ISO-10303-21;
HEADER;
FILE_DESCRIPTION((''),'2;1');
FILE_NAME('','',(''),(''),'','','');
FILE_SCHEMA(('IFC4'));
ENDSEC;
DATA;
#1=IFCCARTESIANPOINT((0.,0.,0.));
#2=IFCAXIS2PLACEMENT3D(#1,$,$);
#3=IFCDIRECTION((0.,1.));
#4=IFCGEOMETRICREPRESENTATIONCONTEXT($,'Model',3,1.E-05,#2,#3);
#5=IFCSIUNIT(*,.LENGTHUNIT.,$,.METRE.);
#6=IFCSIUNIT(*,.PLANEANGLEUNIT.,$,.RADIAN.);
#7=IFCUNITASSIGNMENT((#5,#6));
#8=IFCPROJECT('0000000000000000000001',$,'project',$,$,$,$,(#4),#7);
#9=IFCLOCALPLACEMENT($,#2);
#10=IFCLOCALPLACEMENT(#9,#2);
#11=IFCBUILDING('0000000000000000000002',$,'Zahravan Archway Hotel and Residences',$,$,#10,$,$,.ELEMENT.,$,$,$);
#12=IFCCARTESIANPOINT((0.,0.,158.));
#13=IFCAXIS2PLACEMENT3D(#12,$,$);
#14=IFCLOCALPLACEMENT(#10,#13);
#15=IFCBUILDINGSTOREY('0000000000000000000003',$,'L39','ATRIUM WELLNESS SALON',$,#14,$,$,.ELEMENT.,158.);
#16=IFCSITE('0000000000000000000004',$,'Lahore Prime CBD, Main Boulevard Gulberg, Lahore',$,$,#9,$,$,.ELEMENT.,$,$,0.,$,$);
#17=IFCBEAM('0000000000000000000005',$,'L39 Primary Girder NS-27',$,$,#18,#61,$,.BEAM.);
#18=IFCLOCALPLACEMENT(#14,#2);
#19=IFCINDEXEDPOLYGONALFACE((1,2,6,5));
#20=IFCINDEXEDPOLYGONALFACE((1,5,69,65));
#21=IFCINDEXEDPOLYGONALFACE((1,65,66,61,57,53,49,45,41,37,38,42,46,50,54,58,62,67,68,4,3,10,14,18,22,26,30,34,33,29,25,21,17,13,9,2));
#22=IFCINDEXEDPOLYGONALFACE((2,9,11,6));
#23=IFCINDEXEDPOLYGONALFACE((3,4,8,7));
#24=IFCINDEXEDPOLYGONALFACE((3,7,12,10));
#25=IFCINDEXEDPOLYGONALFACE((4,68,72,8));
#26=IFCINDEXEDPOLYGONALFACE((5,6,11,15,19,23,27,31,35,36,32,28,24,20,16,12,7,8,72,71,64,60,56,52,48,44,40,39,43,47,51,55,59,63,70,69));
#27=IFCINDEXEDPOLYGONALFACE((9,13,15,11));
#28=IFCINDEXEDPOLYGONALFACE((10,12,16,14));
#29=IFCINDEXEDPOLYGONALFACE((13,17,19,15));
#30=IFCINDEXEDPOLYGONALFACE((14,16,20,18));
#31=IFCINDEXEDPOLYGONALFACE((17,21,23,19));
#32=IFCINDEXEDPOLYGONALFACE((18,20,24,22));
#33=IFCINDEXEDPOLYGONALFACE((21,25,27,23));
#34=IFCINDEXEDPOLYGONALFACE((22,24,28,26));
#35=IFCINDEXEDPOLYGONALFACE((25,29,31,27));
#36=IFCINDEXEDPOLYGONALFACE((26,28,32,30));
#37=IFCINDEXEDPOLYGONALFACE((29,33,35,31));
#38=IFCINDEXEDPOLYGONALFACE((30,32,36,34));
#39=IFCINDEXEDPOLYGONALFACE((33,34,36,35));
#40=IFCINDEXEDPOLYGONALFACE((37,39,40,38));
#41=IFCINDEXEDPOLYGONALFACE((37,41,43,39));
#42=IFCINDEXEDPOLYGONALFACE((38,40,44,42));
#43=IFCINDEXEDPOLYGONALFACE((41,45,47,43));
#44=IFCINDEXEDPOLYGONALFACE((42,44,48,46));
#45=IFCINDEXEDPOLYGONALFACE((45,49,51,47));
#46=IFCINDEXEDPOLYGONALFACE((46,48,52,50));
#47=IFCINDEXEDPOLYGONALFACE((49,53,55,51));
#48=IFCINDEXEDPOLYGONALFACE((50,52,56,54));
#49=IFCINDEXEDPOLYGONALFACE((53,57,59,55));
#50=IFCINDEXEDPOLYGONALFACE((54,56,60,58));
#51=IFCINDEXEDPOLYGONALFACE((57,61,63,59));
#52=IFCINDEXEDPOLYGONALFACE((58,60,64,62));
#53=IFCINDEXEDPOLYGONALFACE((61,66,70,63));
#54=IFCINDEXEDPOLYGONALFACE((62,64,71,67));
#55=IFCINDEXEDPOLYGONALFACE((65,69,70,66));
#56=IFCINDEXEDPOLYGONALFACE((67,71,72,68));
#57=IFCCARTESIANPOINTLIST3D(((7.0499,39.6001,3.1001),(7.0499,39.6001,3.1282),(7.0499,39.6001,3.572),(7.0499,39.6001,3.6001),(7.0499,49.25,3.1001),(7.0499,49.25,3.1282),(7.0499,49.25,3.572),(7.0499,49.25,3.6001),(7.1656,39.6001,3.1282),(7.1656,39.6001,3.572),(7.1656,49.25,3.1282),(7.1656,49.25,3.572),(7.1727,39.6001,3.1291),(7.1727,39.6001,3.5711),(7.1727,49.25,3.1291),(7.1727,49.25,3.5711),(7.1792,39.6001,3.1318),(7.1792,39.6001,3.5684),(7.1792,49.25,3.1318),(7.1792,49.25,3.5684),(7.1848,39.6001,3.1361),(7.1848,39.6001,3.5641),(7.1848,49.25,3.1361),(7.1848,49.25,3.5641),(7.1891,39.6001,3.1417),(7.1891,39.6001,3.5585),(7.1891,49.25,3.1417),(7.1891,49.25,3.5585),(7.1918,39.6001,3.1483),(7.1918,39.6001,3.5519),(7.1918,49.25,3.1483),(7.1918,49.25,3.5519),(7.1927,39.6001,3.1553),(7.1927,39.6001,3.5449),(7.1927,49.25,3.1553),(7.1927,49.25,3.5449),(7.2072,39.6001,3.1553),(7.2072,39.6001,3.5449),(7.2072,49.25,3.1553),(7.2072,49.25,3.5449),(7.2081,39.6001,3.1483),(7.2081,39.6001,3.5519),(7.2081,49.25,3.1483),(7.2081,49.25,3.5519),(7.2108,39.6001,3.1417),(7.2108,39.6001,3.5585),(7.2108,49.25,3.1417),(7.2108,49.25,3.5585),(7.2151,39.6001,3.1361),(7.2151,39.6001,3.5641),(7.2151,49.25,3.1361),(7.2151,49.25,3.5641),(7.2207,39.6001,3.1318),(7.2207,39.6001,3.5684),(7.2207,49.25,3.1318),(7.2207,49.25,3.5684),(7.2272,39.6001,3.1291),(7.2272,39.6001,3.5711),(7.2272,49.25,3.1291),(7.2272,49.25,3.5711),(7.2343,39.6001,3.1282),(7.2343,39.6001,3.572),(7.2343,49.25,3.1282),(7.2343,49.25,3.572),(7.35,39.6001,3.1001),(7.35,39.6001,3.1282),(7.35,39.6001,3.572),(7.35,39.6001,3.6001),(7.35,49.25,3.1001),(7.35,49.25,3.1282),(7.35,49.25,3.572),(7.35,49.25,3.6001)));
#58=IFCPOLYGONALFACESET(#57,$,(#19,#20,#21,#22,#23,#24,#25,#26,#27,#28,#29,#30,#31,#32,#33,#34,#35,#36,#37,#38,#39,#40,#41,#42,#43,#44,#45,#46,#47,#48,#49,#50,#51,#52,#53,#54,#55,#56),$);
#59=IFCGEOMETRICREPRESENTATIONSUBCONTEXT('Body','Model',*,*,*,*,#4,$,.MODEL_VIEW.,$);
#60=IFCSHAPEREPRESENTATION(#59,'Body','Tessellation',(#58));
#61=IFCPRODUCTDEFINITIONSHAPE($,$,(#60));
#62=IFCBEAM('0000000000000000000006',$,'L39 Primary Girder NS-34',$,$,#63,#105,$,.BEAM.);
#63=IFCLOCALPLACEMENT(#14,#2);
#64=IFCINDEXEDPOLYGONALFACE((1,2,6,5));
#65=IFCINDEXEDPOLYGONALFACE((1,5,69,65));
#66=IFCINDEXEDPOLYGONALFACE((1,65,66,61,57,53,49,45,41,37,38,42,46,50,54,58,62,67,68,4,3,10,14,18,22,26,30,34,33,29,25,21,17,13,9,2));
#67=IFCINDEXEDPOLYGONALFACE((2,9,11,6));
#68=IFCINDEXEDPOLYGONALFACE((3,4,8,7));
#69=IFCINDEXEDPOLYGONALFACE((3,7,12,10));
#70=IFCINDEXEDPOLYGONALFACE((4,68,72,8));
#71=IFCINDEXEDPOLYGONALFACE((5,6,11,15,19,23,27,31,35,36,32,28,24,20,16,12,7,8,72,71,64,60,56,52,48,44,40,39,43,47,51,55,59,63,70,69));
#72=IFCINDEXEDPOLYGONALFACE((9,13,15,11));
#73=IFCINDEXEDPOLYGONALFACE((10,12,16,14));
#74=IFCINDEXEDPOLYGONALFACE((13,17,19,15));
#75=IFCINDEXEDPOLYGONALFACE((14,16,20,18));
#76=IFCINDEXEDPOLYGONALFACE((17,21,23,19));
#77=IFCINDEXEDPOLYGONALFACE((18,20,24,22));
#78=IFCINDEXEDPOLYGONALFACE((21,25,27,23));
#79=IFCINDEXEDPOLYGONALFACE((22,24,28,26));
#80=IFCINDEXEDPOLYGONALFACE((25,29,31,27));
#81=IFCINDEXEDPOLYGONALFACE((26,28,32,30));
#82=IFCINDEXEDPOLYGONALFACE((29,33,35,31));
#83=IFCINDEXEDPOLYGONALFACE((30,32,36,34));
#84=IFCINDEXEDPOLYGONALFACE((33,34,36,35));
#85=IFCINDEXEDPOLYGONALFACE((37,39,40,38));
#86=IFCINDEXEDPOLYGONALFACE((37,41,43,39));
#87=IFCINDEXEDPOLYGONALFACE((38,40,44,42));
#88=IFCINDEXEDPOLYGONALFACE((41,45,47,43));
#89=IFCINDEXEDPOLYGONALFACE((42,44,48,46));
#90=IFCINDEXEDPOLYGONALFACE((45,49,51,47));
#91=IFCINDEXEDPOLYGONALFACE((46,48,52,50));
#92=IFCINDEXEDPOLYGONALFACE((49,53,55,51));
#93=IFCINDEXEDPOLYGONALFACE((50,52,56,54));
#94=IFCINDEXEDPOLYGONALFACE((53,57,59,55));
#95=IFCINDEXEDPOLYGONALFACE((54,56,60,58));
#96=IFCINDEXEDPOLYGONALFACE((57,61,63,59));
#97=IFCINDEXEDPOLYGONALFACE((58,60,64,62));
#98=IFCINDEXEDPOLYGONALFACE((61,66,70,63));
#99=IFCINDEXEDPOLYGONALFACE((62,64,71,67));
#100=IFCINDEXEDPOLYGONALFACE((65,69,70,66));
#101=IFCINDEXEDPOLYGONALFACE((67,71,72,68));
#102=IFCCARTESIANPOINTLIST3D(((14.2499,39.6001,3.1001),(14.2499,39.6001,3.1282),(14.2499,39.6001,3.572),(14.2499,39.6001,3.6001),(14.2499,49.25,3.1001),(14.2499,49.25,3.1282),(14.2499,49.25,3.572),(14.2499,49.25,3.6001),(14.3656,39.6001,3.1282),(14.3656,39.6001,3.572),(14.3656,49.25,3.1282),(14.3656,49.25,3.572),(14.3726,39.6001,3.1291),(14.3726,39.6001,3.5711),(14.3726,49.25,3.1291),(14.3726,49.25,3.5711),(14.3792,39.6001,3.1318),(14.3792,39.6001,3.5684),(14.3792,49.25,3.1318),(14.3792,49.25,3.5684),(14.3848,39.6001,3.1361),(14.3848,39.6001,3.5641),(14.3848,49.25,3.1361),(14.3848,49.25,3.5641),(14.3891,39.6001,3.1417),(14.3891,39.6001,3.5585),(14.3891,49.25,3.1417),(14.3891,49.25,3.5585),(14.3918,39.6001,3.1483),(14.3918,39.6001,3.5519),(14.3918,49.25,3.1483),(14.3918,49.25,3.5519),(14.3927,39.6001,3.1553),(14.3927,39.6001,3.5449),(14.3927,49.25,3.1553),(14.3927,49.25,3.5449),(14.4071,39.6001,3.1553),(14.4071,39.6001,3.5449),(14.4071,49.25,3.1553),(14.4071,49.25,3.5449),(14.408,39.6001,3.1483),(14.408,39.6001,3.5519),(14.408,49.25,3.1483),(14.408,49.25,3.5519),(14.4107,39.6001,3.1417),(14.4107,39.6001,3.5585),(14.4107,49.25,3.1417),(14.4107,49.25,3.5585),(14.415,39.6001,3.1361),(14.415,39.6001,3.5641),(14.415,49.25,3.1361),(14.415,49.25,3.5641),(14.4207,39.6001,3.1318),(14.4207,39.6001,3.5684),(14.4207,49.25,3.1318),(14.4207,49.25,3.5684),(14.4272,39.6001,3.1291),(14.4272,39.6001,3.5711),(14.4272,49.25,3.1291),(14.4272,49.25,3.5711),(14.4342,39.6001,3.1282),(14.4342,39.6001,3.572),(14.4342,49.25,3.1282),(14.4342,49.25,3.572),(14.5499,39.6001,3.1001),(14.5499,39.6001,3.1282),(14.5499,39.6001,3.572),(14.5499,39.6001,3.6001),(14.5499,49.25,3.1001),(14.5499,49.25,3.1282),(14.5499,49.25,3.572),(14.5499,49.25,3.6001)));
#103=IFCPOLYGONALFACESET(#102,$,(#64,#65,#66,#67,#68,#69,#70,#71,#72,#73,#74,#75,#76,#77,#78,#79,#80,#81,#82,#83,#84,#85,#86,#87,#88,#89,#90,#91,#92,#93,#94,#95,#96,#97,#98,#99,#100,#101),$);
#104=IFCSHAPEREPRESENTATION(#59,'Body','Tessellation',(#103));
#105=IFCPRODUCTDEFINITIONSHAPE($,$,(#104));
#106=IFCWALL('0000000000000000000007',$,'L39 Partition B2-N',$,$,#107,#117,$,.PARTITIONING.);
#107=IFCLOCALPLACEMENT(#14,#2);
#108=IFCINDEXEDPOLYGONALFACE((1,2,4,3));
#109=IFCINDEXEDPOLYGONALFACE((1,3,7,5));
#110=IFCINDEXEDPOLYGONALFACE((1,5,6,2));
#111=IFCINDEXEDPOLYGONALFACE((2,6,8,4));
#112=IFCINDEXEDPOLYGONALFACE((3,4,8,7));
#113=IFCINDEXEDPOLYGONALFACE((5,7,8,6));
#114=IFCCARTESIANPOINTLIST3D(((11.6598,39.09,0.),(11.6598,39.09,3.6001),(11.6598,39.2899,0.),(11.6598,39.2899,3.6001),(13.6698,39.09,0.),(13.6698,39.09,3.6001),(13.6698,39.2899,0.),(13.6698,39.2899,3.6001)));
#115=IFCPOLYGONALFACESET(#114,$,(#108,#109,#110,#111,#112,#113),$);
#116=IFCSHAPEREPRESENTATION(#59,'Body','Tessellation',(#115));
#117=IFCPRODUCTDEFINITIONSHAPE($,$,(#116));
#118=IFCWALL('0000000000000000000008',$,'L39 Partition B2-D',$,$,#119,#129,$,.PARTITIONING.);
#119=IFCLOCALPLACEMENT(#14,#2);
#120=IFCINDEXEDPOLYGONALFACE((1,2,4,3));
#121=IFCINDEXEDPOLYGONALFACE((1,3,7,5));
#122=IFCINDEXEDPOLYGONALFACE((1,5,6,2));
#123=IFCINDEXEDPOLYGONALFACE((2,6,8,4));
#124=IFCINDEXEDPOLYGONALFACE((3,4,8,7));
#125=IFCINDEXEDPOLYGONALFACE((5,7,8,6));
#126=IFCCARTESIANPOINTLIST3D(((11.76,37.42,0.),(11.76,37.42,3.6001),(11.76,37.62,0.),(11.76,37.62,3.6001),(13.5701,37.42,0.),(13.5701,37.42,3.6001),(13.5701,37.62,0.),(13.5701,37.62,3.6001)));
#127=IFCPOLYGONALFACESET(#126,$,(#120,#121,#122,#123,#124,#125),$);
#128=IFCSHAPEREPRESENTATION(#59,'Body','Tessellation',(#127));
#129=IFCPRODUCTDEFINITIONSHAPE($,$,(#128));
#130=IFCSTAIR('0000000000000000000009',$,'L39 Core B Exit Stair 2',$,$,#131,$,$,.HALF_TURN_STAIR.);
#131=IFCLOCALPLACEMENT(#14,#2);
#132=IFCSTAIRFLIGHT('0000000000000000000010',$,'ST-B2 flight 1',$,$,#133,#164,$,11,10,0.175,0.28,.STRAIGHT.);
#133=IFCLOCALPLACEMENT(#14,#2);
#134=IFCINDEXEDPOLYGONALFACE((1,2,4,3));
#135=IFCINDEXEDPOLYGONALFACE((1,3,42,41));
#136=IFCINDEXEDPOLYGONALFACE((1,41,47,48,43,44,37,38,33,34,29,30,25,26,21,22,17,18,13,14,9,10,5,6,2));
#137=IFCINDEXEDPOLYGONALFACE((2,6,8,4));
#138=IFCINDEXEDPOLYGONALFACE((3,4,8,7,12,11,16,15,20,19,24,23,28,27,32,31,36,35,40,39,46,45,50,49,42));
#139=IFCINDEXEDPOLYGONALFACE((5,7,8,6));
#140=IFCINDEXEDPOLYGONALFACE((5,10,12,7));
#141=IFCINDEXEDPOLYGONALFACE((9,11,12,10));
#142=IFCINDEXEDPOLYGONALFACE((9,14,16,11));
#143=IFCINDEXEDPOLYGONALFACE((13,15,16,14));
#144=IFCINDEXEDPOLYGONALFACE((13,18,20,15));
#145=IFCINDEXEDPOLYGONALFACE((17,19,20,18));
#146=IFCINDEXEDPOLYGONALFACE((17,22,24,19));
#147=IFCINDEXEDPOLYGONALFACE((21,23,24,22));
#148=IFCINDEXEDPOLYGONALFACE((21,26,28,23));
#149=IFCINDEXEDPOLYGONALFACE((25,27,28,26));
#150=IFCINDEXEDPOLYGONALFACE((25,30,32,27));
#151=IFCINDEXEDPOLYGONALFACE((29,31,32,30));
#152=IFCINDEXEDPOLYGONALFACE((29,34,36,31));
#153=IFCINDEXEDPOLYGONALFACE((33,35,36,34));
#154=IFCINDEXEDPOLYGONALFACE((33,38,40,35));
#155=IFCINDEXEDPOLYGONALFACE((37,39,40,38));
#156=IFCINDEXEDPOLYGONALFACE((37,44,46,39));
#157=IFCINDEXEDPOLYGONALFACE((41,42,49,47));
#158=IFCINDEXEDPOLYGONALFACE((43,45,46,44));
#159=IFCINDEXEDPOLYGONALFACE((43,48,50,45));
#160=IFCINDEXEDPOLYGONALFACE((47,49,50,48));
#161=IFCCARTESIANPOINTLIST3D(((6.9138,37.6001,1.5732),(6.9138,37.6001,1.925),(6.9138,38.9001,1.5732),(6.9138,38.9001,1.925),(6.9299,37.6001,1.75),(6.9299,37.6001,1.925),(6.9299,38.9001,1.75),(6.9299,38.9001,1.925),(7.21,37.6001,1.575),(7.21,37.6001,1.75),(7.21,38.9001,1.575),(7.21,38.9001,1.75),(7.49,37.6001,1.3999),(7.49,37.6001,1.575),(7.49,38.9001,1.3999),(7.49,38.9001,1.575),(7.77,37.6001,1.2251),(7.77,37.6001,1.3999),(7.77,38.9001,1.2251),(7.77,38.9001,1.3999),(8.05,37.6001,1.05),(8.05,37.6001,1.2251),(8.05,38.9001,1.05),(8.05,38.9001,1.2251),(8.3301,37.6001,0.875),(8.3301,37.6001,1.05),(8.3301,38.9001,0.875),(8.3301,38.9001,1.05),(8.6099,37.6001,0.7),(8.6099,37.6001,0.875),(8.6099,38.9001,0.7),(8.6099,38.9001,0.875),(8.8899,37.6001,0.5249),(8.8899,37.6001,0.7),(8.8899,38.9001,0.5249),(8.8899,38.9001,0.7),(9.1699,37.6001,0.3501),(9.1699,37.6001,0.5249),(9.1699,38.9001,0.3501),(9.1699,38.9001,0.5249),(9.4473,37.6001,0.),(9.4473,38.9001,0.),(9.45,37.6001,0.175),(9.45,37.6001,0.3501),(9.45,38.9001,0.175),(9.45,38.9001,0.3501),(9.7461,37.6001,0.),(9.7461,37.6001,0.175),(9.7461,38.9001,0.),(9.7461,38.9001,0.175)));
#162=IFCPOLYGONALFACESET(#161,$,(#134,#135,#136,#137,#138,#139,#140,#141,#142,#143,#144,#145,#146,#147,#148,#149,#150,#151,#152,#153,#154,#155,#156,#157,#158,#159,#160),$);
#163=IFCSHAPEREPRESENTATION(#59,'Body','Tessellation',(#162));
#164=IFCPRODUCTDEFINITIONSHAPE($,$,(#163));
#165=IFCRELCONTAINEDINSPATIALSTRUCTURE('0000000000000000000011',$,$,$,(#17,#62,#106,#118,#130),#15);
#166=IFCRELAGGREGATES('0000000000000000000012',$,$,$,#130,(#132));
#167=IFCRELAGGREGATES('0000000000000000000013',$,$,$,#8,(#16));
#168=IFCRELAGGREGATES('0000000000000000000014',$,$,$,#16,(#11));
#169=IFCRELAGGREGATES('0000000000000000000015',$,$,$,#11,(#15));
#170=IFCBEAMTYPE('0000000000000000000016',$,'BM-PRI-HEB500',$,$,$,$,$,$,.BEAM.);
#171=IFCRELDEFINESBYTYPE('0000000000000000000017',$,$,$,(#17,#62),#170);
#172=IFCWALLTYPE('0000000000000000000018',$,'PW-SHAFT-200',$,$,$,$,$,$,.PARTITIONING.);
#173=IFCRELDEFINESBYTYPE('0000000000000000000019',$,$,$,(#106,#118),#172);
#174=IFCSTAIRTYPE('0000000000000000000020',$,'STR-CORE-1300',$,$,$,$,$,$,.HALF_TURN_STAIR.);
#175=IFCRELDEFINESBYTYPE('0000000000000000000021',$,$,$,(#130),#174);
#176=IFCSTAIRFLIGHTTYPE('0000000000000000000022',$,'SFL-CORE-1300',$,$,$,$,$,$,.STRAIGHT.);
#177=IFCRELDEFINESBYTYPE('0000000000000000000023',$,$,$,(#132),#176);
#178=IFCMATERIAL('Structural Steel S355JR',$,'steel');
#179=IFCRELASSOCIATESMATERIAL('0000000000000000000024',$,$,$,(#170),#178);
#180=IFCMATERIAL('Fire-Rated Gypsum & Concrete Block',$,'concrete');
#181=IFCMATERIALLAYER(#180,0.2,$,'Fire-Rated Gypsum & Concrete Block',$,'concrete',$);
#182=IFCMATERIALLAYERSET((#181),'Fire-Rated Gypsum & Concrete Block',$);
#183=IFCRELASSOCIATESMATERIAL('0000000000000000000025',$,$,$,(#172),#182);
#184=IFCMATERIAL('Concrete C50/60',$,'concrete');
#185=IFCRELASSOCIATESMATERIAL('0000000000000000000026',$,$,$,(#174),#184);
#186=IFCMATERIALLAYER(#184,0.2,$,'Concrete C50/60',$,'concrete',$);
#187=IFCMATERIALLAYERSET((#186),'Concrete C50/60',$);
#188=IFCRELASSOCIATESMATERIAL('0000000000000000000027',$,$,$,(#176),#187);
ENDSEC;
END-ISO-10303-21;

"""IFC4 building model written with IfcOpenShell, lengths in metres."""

from ifc_helpers import new_model, si_unit, direction, frame, frame_2d, origin, origin_2d, place, context, subcontext, project, spatial, polyline, rectangle, i_section, outline, extrude, source, transform, mapped, material, layer, layer_set, material_profile, profile_set, type_object, element, aggregate, save


model = new_model("IFC4")

# Units and contexts
model_context = context("Model", 3, precision=1e-05, world=origin(), true_north=direction((0.0, 1.0)))
body_context = subcontext(model_context, "Body", "Model", "MODEL_VIEW")
ifc_project = project(units=[si_unit("LENGTHUNIT", "METRE"), si_unit("PLANEANGLEUNIT", "RADIAN")], contexts=[model_context])

# Site, building, storey
site_placement = place(None, origin())
site = spatial("IfcSite", under=ifc_project, at=site_placement, Name="Lahore Prime CBD, Main Boulevard Gulberg, Lahore", CompositionType="ELEMENT", RefElevation=0.0)
building_placement = place(site_placement, origin())
building = spatial("IfcBuilding", under=site, at=building_placement, Name="Zahravan Archway Hotel and Residences", CompositionType="ELEMENT")
storey_placement = place(building_placement, frame((0.0, 0.0, 158.0)))
storey = spatial("IfcBuildingStorey", under=building, at=storey_placement, Name="L39", Description="ATRIUM WELLNESS SALON", CompositionType="ELEMENT", Elevation=158.0)

# Beams
ifc_material_1 = material(Name="Structural Steel S355JR", Category="steel")
ifc_material_profile_1 = material_profile(ifc_material_1, i_section(OverallWidth=0.3, OverallDepth=0.5, WebThickness=0.0144, FlangeThickness=0.0281, FilletRadius=0.0271, at=origin_2d()), Name="HEB 500", Category="steel")
ifc_profile_set_1 = profile_set([ifc_material_profile_1], Name="Structural Steel S355JR")
beam_type_1 = type_object("IfcBeamType", Name="BM-PRI-HEB500", PredefinedType="BEAM", material=ifc_profile_set_1)
shared_shape_1 = source(origin(), body_context, "Body", "SweptSolid", [
    extrude(i_section(OverallWidth=0.3, OverallDepth=0.5, WebThickness=0.0144, FlangeThickness=0.0281, FilletRadius=0.0271, at=origin_2d()), origin(), (0.0, 0.0, 1.0), 9.6499),
])
for number, where, z_axis, x_axis, name in (
    (1, (7.2, 39.6001, 3.3501), (0.0, 1.0, 0.0), (-1.0, 0.0, 0.0), "L39 Primary Girder NS-27"),
    (2, (14.3999, 39.6001, 3.3501), (0.0, 1.0, 0.0), (-1.0, 0.0, 0.0), "L39 Primary Girder NS-34"),
):
    element("IfcBeam", number, at=place(storey_placement, frame(where, z_axis=z_axis, x_axis=x_axis)), inside=storey, type_object=beam_type_1, Name=name, PredefinedType="BEAM", context=body_context, shape_type="MappedRepresentation", body=[
        mapped(shared_shape_1, transform((0.0, 0.0, 0.0), scale=1.0)),
    ])

# Walls
ifc_material_2 = material(Name="Fire-Rated Gypsum & Concrete Block", Category="concrete")
ifc_layer_1 = layer(ifc_material_2, 0.2, Name="Fire-Rated Gypsum & Concrete Block", Category="concrete")
ifc_layer_set_1 = layer_set([ifc_layer_1], Name="Fire-Rated Gypsum & Concrete Block")
wall_type = type_object("IfcWallType", Name="PW-SHAFT-200", PredefinedType="PARTITIONING", material=ifc_layer_set_1)
wall_1_placement = place(storey_placement, frame((11.6599, 39.1899, 0.0), z_axis=(0.0, 0.0, 1.0), x_axis=(1.0, 0.0, 0.0)))
element("IfcWall", 3, at=wall_1_placement, inside=storey, type_object=wall_type, Name="L39 Partition B2-N", PredefinedType="PARTITIONING", context=body_context, shape_type="SweptSolid", body=[
    extrude(rectangle(XDim=2.01, YDim=0.2, at=frame_2d((1.0049, 0.0))), origin(), (0.0, 0.0, 1.0), 3.6001),
])
wall_2_placement = place(storey_placement, frame((11.76, 37.52, 0.0), z_axis=(0.0, 0.0, 1.0), x_axis=(1.0, 0.0, 0.0)))
element("IfcWall", 4, at=wall_2_placement, inside=storey, type_object=wall_type, Name="L39 Partition B2-D", PredefinedType="PARTITIONING", context=body_context, shape_type="SweptSolid", body=[
    extrude(rectangle(XDim=1.8101, YDim=0.2, at=frame_2d((0.905, 0.0))), origin(), (0.0, 0.0, 1.0), 3.6001),
])

# Stair, stair flight
ifc_material_3 = material(Name="Concrete C50/60", Category="concrete")
stair_type = type_object("IfcStairType", Name="STR-CORE-1300", PredefinedType="HALF_TURN_STAIR", material=ifc_material_3)
stair_placement = place(storey_placement, origin())
stair = element("IfcStair", 5, at=stair_placement, inside=storey, type_object=stair_type, Name="L39 Core B Exit Stair 2", PredefinedType="HALF_TURN_STAIR")
ifc_layer_2 = layer(ifc_material_3, 0.2, Name="Concrete C50/60", Category="concrete")
ifc_layer_set_2 = layer_set([ifc_layer_2], Name="Concrete C50/60")
stair_flight_type = type_object("IfcStairFlightType", Name="SFL-CORE-1300", PredefinedType="STRAIGHT", material=ifc_layer_set_2)
shared_shape_2 = source(origin(), body_context, "Body", "SweptSolid", [
    extrude(outline(polyline([(-0.0161, 0.0), (-0.0161, 0.175), (0.28, 0.175), (0.28, 0.3501), (0.5601, 0.3501), (0.5601, 0.5249), (0.8401, 0.5249), (0.8401, 0.7), (1.1201, 0.7), (1.1201, 0.875), (1.3999, 0.875), (1.3999, 1.05), (1.6799, 1.05), (1.6799, 1.2251), (1.96, 1.2251), (1.96, 1.3999), (2.24, 1.3999), (2.24, 1.575), (2.52, 1.575), (2.52, 1.75), (2.8, 1.75), (2.8, 1.925), (2.8162, 1.925), (2.8162, 1.5732), (0.2827, 0.0), (-0.0161, 0.0)])), frame((0.0, 0.6499, 0.0), z_axis=(0.0, -1.0, 0.0), x_axis=(1.0, 0.0, 0.0)), (0.0, 0.0, 1.0), 1.3),
])
stair_flight_placement = place(storey_placement, frame((9.73, 38.25, 0.0), z_axis=(0.0, 0.0, 1.0), x_axis=(-1.0, 0.0, 0.0)))
stair_flight = element("IfcStairFlight", 6, at=stair_flight_placement, type_object=stair_flight_type, Name="ST-B2 flight 1", NumberOfRisers=11, NumberOfTreads=10, PredefinedType="STRAIGHT", RiserHeight=0.175, TreadLength=0.28, context=body_context, shape_type="MappedRepresentation", body=[
    mapped(shared_shape_2, transform((0.0, 0.0, 0.0), scale=1.0)),
])
aggregate(stair, [stair_flight])

save(model, "model.ifc")
